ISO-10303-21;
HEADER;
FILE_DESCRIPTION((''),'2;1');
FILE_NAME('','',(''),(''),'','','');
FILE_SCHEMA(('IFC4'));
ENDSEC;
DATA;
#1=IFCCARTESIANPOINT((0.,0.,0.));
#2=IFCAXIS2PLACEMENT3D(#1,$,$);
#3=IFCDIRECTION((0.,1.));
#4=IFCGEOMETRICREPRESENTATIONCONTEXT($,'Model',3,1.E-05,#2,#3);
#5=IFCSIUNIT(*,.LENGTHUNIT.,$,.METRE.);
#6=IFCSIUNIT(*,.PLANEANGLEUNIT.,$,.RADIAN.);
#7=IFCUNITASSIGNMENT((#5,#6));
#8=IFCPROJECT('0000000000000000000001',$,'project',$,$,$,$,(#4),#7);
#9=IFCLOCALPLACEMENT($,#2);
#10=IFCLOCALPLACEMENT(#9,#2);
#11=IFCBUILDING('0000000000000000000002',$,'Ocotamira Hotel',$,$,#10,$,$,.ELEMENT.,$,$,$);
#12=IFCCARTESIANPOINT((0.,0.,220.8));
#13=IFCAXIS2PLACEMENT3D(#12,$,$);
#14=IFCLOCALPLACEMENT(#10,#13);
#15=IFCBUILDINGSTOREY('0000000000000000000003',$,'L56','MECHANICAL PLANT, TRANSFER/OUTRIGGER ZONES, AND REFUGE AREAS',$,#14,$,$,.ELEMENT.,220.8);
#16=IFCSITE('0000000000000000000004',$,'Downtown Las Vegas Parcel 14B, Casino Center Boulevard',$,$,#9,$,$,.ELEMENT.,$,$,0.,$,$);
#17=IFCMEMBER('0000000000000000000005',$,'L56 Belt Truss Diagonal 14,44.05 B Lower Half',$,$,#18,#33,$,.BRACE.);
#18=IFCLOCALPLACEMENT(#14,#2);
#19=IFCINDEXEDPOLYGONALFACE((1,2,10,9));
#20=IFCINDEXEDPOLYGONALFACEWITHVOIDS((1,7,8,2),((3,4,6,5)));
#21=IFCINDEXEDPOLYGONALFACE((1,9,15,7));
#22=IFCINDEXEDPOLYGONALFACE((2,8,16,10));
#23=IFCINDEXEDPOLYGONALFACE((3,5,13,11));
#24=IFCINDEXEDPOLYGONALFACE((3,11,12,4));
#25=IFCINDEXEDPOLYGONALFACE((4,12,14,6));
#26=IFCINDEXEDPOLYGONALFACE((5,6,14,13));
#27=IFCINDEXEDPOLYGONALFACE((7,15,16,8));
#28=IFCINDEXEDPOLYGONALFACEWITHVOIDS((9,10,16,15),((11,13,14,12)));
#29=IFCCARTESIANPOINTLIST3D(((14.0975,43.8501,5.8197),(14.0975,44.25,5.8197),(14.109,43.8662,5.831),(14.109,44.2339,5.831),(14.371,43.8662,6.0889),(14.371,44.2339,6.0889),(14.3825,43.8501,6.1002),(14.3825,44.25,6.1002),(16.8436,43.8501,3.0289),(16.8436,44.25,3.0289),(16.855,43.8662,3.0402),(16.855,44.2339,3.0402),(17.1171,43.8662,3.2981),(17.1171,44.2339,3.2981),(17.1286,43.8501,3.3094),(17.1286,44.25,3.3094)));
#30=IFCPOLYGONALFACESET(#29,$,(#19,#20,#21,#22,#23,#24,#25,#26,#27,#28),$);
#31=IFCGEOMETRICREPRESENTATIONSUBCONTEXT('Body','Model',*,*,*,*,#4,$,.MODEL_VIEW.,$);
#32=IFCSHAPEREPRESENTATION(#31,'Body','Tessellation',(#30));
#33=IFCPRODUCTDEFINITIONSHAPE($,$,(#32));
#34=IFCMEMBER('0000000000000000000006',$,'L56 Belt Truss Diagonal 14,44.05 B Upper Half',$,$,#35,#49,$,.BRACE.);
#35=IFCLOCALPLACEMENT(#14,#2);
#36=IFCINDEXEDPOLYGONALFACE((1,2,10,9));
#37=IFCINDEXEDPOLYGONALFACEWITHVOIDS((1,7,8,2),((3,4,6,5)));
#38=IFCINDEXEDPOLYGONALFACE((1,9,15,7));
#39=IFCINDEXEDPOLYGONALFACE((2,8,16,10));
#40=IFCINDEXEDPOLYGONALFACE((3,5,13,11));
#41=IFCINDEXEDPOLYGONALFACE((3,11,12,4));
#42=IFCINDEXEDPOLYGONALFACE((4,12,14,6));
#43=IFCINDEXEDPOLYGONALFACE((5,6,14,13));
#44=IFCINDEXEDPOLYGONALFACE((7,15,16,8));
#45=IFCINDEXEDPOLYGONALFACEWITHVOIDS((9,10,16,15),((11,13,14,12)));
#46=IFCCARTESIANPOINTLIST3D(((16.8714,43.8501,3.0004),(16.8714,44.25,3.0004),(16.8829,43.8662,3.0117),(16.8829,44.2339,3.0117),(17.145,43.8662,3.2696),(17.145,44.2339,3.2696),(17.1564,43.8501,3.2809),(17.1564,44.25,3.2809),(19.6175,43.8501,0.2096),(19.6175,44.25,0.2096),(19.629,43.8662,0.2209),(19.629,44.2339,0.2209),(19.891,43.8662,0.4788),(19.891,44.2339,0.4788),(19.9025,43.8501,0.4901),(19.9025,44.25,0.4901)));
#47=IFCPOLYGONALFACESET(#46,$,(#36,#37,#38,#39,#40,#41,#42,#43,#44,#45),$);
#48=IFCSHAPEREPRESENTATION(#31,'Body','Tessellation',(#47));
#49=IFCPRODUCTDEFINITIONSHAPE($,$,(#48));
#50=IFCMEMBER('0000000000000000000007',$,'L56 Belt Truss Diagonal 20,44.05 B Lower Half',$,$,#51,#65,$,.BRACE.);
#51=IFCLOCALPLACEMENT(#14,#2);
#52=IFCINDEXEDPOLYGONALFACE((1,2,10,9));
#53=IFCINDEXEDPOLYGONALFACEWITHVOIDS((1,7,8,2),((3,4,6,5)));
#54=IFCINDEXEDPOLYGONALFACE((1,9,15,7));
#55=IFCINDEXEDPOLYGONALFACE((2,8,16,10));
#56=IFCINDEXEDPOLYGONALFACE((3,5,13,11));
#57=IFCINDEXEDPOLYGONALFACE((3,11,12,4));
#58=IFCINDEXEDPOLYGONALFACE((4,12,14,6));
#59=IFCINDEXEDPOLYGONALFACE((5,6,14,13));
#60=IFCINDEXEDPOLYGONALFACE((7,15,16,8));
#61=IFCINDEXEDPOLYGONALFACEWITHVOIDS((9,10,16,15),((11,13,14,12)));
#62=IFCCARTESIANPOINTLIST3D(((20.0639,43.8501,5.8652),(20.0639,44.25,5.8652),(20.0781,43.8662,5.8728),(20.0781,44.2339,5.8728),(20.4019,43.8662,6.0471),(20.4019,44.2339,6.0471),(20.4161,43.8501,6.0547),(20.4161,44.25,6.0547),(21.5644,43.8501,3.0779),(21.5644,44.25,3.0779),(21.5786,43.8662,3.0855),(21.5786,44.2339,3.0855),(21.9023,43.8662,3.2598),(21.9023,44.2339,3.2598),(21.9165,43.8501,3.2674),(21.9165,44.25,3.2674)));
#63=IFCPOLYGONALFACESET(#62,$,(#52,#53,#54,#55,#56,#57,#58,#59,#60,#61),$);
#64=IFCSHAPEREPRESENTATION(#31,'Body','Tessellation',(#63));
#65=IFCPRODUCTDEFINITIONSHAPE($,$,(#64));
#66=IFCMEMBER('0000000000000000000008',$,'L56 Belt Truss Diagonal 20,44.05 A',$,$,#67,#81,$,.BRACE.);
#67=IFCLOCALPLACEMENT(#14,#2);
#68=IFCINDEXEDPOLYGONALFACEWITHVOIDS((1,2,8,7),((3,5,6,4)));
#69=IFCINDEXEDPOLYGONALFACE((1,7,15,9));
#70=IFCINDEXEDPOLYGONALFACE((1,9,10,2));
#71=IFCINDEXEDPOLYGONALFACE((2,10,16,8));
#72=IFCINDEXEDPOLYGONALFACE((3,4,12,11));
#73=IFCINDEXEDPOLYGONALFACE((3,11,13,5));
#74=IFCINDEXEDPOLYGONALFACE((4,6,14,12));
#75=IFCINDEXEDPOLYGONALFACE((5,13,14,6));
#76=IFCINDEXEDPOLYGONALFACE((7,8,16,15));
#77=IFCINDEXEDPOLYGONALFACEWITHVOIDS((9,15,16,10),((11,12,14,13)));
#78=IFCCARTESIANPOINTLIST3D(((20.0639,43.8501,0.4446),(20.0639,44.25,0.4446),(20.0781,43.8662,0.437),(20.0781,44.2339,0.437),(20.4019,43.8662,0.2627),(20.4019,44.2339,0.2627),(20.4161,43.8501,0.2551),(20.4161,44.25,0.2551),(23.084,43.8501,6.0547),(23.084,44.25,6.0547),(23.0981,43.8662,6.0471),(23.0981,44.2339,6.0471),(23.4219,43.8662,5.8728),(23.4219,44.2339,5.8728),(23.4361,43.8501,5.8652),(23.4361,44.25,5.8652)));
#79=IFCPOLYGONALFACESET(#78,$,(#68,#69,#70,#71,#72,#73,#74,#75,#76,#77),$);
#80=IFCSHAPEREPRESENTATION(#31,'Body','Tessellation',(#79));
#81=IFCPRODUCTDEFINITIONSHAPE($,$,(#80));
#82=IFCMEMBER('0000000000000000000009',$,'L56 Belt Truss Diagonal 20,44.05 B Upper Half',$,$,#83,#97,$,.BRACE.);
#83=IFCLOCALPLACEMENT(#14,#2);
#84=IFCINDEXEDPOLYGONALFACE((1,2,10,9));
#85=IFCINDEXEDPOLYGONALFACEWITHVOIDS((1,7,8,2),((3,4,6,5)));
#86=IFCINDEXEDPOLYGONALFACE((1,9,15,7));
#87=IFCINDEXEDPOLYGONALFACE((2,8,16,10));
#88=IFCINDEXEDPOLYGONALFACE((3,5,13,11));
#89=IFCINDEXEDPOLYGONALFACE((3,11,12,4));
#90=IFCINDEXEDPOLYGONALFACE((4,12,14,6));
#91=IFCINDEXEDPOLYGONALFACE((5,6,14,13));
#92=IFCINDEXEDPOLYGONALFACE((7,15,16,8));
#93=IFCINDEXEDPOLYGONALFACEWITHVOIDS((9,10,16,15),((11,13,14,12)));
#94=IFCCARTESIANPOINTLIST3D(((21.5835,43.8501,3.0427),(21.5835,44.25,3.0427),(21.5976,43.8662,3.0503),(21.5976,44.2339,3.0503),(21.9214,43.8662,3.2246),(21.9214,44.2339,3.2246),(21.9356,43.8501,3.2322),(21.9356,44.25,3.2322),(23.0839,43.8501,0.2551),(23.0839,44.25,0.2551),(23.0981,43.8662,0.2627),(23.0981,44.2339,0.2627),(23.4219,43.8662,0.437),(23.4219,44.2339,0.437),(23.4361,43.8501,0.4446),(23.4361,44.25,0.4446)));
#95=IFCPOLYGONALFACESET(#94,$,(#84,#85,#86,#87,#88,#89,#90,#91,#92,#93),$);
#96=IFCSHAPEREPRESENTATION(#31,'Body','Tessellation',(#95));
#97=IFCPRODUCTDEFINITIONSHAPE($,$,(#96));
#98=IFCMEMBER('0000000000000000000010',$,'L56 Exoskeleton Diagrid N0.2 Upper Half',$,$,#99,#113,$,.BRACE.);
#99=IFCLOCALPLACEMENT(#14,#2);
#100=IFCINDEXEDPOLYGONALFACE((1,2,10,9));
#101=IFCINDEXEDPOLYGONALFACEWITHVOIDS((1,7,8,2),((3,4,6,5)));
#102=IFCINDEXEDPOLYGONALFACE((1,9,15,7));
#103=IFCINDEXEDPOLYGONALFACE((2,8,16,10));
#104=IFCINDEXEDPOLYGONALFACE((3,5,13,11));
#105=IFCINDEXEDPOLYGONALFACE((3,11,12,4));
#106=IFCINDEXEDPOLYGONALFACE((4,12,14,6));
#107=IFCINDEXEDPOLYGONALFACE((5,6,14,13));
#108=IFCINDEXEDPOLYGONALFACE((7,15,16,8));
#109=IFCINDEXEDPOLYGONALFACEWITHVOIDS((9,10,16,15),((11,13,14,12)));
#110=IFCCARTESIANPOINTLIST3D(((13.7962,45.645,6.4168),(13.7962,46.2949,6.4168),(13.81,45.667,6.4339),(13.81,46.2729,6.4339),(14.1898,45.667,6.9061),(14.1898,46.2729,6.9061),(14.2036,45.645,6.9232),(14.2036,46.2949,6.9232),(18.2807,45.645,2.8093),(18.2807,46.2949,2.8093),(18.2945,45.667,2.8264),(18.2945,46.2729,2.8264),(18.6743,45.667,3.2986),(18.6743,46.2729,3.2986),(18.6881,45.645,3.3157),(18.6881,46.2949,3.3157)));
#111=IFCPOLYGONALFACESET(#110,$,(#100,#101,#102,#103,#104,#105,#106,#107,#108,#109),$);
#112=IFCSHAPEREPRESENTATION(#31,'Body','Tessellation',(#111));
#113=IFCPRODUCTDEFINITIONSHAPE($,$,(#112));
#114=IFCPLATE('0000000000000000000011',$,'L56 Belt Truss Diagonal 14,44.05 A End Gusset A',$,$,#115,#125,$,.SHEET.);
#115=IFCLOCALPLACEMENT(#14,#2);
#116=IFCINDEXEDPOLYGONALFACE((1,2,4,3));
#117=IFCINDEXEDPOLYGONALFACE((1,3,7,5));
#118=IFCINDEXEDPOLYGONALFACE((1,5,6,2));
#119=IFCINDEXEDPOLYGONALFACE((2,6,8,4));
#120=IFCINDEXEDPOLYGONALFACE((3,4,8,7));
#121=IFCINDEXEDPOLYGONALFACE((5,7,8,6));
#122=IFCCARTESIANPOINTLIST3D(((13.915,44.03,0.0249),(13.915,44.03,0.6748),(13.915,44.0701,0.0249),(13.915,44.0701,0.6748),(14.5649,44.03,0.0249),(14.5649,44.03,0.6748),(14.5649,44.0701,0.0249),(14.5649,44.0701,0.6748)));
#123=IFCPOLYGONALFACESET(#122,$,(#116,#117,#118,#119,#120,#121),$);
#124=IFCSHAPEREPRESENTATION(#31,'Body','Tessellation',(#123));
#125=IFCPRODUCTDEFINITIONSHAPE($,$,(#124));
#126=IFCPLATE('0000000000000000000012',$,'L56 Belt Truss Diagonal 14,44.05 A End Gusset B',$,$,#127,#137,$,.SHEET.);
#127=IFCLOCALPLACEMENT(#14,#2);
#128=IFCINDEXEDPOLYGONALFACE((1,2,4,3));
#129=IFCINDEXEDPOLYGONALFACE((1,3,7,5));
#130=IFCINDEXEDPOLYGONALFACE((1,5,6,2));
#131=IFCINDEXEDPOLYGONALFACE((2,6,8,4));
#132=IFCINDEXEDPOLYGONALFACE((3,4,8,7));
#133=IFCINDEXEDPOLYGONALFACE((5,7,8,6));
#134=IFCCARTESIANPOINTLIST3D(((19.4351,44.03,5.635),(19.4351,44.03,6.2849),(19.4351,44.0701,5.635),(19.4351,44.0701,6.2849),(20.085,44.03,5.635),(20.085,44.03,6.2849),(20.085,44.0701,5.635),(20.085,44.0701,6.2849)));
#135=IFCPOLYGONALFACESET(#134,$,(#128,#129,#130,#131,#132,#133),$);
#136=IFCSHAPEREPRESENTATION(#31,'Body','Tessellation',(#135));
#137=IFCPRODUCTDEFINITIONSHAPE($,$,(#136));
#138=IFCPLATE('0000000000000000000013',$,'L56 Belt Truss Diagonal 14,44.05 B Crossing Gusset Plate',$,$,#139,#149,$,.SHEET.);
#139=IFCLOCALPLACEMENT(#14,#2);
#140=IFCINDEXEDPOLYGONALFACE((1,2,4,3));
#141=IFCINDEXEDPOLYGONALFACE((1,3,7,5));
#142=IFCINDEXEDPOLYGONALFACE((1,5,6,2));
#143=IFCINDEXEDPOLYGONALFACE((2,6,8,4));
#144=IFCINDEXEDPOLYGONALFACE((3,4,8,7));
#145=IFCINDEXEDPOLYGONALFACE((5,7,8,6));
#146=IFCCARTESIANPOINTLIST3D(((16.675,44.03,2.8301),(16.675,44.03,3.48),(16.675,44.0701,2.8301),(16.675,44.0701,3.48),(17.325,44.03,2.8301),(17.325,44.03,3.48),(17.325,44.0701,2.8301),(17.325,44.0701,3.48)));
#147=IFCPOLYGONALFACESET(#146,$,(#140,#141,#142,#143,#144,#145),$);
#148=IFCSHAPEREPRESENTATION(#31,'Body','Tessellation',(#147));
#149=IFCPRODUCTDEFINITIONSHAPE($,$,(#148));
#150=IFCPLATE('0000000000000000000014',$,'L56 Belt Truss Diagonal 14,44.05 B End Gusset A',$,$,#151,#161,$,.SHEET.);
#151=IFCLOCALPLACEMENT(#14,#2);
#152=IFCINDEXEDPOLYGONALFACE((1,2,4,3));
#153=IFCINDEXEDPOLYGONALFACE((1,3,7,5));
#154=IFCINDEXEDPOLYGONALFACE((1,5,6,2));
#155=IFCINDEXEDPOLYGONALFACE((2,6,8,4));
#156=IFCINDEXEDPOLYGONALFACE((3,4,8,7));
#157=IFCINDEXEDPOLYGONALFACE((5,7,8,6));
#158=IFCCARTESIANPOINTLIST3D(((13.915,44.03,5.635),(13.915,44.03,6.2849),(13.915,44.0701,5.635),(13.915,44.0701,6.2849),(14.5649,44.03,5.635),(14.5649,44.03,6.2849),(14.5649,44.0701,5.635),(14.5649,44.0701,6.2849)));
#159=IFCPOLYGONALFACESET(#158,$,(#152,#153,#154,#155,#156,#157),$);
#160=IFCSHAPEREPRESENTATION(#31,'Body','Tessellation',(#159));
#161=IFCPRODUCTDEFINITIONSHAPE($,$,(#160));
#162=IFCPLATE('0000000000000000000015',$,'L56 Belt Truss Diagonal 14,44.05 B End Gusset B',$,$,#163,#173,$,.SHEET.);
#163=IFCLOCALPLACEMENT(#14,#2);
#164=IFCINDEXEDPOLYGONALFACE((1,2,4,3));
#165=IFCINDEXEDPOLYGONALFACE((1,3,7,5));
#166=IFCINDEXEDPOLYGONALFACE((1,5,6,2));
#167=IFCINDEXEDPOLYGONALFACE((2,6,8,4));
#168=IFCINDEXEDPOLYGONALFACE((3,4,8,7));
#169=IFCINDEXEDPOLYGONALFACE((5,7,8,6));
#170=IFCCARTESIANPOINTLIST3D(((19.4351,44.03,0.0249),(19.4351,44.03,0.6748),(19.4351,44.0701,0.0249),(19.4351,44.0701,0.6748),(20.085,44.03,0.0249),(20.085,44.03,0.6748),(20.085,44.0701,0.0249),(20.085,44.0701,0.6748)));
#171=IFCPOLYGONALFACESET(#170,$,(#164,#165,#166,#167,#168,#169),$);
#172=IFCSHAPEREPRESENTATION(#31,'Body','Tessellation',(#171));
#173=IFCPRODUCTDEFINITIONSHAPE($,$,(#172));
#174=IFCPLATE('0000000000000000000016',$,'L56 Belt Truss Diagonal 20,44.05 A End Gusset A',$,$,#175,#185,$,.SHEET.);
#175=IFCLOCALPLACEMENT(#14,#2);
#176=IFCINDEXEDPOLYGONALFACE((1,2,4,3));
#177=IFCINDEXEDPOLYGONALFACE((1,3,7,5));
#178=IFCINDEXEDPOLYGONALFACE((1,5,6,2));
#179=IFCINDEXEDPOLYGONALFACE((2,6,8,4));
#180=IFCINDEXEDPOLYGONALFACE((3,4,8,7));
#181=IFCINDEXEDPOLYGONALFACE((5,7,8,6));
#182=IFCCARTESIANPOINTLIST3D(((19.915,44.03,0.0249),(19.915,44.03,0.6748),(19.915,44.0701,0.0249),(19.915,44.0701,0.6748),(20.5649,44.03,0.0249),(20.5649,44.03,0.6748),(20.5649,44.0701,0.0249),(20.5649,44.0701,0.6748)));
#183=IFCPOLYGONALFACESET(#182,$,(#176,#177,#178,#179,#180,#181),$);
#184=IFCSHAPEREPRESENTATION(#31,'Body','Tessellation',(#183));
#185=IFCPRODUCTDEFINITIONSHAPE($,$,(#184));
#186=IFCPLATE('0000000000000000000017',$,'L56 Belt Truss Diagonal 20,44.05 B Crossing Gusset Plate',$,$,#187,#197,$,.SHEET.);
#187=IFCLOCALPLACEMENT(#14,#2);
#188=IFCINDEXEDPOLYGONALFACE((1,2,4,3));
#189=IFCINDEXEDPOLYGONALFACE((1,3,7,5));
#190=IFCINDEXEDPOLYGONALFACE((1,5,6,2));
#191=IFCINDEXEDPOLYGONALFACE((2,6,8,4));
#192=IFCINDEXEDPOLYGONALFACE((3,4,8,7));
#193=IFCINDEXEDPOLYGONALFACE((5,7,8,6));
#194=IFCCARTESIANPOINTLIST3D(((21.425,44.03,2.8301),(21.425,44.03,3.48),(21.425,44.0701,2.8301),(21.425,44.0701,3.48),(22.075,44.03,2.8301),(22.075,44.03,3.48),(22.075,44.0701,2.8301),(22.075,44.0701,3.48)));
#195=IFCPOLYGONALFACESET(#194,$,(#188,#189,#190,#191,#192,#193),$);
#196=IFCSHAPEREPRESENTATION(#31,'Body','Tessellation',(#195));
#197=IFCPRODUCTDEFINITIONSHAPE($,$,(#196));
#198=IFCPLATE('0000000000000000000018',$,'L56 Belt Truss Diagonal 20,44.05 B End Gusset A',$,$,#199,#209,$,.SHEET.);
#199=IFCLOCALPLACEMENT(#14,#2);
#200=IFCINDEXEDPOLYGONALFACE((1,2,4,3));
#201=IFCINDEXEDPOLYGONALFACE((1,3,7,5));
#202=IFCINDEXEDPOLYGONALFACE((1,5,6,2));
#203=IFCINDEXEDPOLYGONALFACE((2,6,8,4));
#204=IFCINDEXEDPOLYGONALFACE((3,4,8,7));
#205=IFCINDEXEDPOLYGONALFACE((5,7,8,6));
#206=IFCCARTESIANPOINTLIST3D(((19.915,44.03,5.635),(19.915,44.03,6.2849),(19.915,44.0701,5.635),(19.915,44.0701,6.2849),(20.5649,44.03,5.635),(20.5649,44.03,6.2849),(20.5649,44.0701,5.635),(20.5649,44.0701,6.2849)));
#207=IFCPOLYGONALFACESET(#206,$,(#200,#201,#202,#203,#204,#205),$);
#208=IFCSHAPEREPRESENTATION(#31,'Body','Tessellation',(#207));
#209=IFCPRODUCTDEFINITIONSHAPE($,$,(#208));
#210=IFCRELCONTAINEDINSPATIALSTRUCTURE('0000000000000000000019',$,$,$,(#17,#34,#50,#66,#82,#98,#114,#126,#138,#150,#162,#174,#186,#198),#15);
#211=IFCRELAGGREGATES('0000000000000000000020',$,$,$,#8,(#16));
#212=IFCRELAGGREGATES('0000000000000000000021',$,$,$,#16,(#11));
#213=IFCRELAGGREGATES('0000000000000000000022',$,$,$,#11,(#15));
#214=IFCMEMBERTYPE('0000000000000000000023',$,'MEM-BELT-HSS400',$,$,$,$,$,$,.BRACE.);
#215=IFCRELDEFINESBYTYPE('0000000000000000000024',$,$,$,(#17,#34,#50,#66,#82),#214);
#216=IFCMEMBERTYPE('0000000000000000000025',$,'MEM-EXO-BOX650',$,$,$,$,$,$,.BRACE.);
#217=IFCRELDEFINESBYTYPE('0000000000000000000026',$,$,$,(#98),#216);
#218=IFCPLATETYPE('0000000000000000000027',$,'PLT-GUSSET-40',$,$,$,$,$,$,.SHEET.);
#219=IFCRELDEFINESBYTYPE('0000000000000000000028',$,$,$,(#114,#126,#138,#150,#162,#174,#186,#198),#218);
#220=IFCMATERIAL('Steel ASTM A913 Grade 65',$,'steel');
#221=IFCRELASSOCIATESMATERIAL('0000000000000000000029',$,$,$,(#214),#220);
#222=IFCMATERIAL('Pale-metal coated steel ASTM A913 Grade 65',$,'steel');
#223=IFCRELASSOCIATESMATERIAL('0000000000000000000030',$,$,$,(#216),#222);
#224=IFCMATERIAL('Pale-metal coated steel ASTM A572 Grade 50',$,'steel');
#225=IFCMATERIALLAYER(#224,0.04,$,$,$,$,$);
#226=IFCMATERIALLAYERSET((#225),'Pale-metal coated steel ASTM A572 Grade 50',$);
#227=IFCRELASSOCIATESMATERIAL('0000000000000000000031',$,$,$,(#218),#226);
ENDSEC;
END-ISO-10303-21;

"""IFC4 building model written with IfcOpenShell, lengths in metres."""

from ifc_helpers import new_model, si_unit, direction, frame, origin, origin_2d, place, context, subcontext, project, spatial, rectangle, hollow_rectangle, extrude, source, transform, mapped, material, layer, layer_set, material_profile, profile_set, type_object, element, save


model = new_model("IFC4")

# Units and contexts
model_context = context("Model", 3, precision=1e-05, world=origin(), true_north=direction((0.0, 1.0)))
body_context = subcontext(model_context, "Body", "Model", "MODEL_VIEW")
ifc_project = project(units=[si_unit("LENGTHUNIT", "METRE"), si_unit("PLANEANGLEUNIT", "RADIAN")], contexts=[model_context])

# Site, building, storey
site_placement = place(None, origin())
site = spatial("IfcSite", under=ifc_project, at=site_placement, Name="Downtown Las Vegas Parcel 14B, Casino Center Boulevard", CompositionType="ELEMENT", RefElevation=0.0)
building_placement = place(site_placement, origin())
building = spatial("IfcBuilding", under=site, at=building_placement, Name="Ocotamira Hotel", CompositionType="ELEMENT")
storey_placement = place(building_placement, frame((0.0, 0.0, 220.8)))
storey = spatial("IfcBuildingStorey", under=building, at=storey_placement, Name="L56", Description="MECHANICAL PLANT, TRANSFER/OUTRIGGER ZONES, AND REFUGE AREAS", CompositionType="ELEMENT", Elevation=220.8)

# Shared definitions
ifc_material_1 = material(Name="Steel ASTM A913 Grade 65", Category="steel")

# Members
ifc_material_profile_1 = material_profile(ifc_material_1, hollow_rectangle(XDim=0.3999, YDim=0.3999, WallThickness=0.0161, at=origin_2d()), Name="HSS400X400X16")
ifc_profile_set_1 = profile_set([ifc_material_profile_1], Name="Steel ASTM A913 Grade 65")
member_type_1 = type_object("IfcMemberType", Name="MEM-BELT-HSS400", PredefinedType="BRACE", material=ifc_profile_set_1)
shared_shape_1 = source(origin(), body_context, "Body", "SweptSolid", [
    extrude(hollow_rectangle(XDim=0.3999, YDim=0.3999, WallThickness=0.0161, at=origin_2d()), origin(), (0.0, 0.0, 1.0), 3.9153),
])
for number, where, z_axis, x_axis, name in (
    (1, (14.24, 44.05, 5.96), (0.701378, 0.0, -0.712789), (0.0, 1.0, 0.0), "L56 Belt Truss Diagonal 14,44.05 B Lower Half"),
    (2, (17.0139, 44.05, 3.1406), (0.701378, 0.0, -0.712789), (0.0, 1.0, 0.0), "L56 Belt Truss Diagonal 14,44.05 B Upper Half"),
):
    element("IfcMember", number, at=place(storey_placement, frame(where, z_axis=z_axis, x_axis=x_axis)), inside=storey, type_object=member_type_1, Name=name, PredefinedType="BRACE", context=body_context, shape_type="MappedRepresentation", body=[
        mapped(shared_shape_1, transform((0.0, 0.0, 0.0), scale=1.0)),
    ])
shared_shape_2 = source(origin(), body_context, "Body", "SweptSolid", [
    extrude(hollow_rectangle(XDim=0.3999, YDim=0.3999, WallThickness=0.0161, at=origin_2d()), origin(), (0.0, 0.0, 1.0), 3.1655),
])
member_1_placement = place(storey_placement, frame((20.24, 44.05, 5.96), z_axis=(0.474003, 0.0, -0.880523), x_axis=(0.0, 1.0, 0.0)))
element("IfcMember", 3, at=member_1_placement, inside=storey, type_object=member_type_1, Name="L56 Belt Truss Diagonal 20,44.05 B Lower Half", PredefinedType="BRACE", context=body_context, shape_type="MappedRepresentation", body=[
    mapped(shared_shape_2, transform((0.0, 0.0, 0.0), scale=1.0)),
])
shared_shape_3 = source(origin(), body_context, "Body", "SweptSolid", [
    extrude(hollow_rectangle(XDim=0.3999, YDim=0.3999, WallThickness=0.0161, at=origin_2d()), origin(), (0.0, 0.0, 1.0), 6.3713),
])
member_2_placement = place(storey_placement, frame((20.24, 44.05, 0.3499), z_axis=(0.474002, 0.0, 0.880524), x_axis=(0.0, 1.0, 0.0)))
element("IfcMember", 4, at=member_2_placement, inside=storey, type_object=member_type_1, Name="L56 Belt Truss Diagonal 20,44.05 A", PredefinedType="BRACE", context=body_context, shape_type="MappedRepresentation", body=[
    mapped(shared_shape_3, transform((0.0, 0.0, 0.0), scale=1.0)),
])
shared_shape_4 = source(origin(), body_context, "Body", "SweptSolid", [
    extrude(hollow_rectangle(XDim=0.3999, YDim=0.3999, WallThickness=0.0161, at=origin_2d()), origin(), (0.0, 0.0, 1.0), 3.1658),
])
member_3_placement = place(storey_placement, frame((21.7595, 44.05, 3.1375), z_axis=(0.473971, 0.0, -0.88054), x_axis=(0.0, 1.0, 0.0)))
element("IfcMember", 5, at=member_3_placement, inside=storey, type_object=member_type_1, Name="L56 Belt Truss Diagonal 20,44.05 B Upper Half", PredefinedType="BRACE", context=body_context, shape_type="MappedRepresentation", body=[
    mapped(shared_shape_4, transform((0.0, 0.0, 0.0), scale=1.0)),
])
ifc_material_2 = material(Name="Pale-metal coated steel ASTM A913 Grade 65", Category="steel")
ifc_material_profile_2 = material_profile(ifc_material_2, hollow_rectangle(XDim=0.6499, YDim=0.6499, WallThickness=0.022, at=origin_2d()), Name="BOX650X650X22")
ifc_profile_set_2 = profile_set([ifc_material_profile_2], Name="Pale-metal coated steel ASTM A913 Grade 65")
member_type_2 = type_object("IfcMemberType", Name="MEM-EXO-BOX650", PredefinedType="BRACE", material=ifc_profile_set_2)
shared_shape_5 = source(origin(), body_context, "Body", "SweptSolid", [
    extrude(hollow_rectangle(XDim=0.6499, YDim=0.6499, WallThickness=0.022, at=origin_2d()), origin(), (0.0, 0.0, 1.0), 5.7554),
])
member_4_placement = place(storey_placement, frame((18.4844, 45.97, 3.0625), z_axis=(-0.779177, 0.0, 0.626803), x_axis=(0.0, -1.0, 0.0)))
element("IfcMember", 6, at=member_4_placement, inside=storey, type_object=member_type_2, Name="L56 Exoskeleton Diagrid N0.2 Upper Half", PredefinedType="BRACE", context=body_context, shape_type="MappedRepresentation", body=[
    mapped(shared_shape_5, transform((0.0, 0.0, 0.0), scale=1.0)),
])

# Plates
ifc_material_3 = material(Name="Pale-metal coated steel ASTM A572 Grade 50", Category="steel")
ifc_layer_1 = layer(ifc_material_3, 0.04)
ifc_layer_set_1 = layer_set([ifc_layer_1], Name="Pale-metal coated steel ASTM A572 Grade 50")
plate_type = type_object("IfcPlateType", Name="PLT-GUSSET-40", PredefinedType="SHEET", material=ifc_layer_set_1)
shared_shape_6 = source(origin(), body_context, "Body", "SweptSolid", [
    extrude(rectangle(XDim=0.6499, YDim=0.04, at=origin_2d()), origin(), (0.0, 0.0, 1.0), 0.6499),
])
for number, where, z_axis, x_axis, name in (
    (7, (14.24, 44.05, 0.0249), (0.0, 0.0, 1.0), (1.0, 0.0, 0.0), "L56 Belt Truss Diagonal 14,44.05 A End Gusset A"),
    (8, (19.76, 44.05, 5.635), (0.0, 0.0, 1.0), (1.0, 0.0, 0.0), "L56 Belt Truss Diagonal 14,44.05 A End Gusset B"),
    (9, (17.0, 44.05, 2.8301), (0.0, 0.0, 1.0), (1.0, 0.0, 0.0), "L56 Belt Truss Diagonal 14,44.05 B Crossing Gusset Plate"),
    (10, (14.24, 44.05, 5.635), (0.0, 0.0, 1.0), (1.0, 0.0, 0.0), "L56 Belt Truss Diagonal 14,44.05 B End Gusset A"),
    (11, (19.76, 44.05, 0.0249), (0.0, 0.0, 1.0), (1.0, 0.0, 0.0), "L56 Belt Truss Diagonal 14,44.05 B End Gusset B"),
    (12, (20.24, 44.05, 0.0249), (0.0, 0.0, 1.0), (1.0, 0.0, 0.0), "L56 Belt Truss Diagonal 20,44.05 A End Gusset A"),
    (13, (21.75, 44.05, 2.8301), (0.0, 0.0, 1.0), (1.0, 0.0, 0.0), "L56 Belt Truss Diagonal 20,44.05 B Crossing Gusset Plate"),
    (14, (20.24, 44.05, 5.635), (0.0, 0.0, 1.0), (1.0, 0.0, 0.0), "L56 Belt Truss Diagonal 20,44.05 B End Gusset A"),
):
    element("IfcPlate", number, at=place(storey_placement, frame(where, z_axis=z_axis, x_axis=x_axis)), inside=storey, type_object=plate_type, Name=name, PredefinedType="SHEET", context=body_context, shape_type="MappedRepresentation", body=[
        mapped(shared_shape_6, transform((0.0, 0.0, 0.0), scale=1.0)),
    ])

save(model, "model.ifc")
